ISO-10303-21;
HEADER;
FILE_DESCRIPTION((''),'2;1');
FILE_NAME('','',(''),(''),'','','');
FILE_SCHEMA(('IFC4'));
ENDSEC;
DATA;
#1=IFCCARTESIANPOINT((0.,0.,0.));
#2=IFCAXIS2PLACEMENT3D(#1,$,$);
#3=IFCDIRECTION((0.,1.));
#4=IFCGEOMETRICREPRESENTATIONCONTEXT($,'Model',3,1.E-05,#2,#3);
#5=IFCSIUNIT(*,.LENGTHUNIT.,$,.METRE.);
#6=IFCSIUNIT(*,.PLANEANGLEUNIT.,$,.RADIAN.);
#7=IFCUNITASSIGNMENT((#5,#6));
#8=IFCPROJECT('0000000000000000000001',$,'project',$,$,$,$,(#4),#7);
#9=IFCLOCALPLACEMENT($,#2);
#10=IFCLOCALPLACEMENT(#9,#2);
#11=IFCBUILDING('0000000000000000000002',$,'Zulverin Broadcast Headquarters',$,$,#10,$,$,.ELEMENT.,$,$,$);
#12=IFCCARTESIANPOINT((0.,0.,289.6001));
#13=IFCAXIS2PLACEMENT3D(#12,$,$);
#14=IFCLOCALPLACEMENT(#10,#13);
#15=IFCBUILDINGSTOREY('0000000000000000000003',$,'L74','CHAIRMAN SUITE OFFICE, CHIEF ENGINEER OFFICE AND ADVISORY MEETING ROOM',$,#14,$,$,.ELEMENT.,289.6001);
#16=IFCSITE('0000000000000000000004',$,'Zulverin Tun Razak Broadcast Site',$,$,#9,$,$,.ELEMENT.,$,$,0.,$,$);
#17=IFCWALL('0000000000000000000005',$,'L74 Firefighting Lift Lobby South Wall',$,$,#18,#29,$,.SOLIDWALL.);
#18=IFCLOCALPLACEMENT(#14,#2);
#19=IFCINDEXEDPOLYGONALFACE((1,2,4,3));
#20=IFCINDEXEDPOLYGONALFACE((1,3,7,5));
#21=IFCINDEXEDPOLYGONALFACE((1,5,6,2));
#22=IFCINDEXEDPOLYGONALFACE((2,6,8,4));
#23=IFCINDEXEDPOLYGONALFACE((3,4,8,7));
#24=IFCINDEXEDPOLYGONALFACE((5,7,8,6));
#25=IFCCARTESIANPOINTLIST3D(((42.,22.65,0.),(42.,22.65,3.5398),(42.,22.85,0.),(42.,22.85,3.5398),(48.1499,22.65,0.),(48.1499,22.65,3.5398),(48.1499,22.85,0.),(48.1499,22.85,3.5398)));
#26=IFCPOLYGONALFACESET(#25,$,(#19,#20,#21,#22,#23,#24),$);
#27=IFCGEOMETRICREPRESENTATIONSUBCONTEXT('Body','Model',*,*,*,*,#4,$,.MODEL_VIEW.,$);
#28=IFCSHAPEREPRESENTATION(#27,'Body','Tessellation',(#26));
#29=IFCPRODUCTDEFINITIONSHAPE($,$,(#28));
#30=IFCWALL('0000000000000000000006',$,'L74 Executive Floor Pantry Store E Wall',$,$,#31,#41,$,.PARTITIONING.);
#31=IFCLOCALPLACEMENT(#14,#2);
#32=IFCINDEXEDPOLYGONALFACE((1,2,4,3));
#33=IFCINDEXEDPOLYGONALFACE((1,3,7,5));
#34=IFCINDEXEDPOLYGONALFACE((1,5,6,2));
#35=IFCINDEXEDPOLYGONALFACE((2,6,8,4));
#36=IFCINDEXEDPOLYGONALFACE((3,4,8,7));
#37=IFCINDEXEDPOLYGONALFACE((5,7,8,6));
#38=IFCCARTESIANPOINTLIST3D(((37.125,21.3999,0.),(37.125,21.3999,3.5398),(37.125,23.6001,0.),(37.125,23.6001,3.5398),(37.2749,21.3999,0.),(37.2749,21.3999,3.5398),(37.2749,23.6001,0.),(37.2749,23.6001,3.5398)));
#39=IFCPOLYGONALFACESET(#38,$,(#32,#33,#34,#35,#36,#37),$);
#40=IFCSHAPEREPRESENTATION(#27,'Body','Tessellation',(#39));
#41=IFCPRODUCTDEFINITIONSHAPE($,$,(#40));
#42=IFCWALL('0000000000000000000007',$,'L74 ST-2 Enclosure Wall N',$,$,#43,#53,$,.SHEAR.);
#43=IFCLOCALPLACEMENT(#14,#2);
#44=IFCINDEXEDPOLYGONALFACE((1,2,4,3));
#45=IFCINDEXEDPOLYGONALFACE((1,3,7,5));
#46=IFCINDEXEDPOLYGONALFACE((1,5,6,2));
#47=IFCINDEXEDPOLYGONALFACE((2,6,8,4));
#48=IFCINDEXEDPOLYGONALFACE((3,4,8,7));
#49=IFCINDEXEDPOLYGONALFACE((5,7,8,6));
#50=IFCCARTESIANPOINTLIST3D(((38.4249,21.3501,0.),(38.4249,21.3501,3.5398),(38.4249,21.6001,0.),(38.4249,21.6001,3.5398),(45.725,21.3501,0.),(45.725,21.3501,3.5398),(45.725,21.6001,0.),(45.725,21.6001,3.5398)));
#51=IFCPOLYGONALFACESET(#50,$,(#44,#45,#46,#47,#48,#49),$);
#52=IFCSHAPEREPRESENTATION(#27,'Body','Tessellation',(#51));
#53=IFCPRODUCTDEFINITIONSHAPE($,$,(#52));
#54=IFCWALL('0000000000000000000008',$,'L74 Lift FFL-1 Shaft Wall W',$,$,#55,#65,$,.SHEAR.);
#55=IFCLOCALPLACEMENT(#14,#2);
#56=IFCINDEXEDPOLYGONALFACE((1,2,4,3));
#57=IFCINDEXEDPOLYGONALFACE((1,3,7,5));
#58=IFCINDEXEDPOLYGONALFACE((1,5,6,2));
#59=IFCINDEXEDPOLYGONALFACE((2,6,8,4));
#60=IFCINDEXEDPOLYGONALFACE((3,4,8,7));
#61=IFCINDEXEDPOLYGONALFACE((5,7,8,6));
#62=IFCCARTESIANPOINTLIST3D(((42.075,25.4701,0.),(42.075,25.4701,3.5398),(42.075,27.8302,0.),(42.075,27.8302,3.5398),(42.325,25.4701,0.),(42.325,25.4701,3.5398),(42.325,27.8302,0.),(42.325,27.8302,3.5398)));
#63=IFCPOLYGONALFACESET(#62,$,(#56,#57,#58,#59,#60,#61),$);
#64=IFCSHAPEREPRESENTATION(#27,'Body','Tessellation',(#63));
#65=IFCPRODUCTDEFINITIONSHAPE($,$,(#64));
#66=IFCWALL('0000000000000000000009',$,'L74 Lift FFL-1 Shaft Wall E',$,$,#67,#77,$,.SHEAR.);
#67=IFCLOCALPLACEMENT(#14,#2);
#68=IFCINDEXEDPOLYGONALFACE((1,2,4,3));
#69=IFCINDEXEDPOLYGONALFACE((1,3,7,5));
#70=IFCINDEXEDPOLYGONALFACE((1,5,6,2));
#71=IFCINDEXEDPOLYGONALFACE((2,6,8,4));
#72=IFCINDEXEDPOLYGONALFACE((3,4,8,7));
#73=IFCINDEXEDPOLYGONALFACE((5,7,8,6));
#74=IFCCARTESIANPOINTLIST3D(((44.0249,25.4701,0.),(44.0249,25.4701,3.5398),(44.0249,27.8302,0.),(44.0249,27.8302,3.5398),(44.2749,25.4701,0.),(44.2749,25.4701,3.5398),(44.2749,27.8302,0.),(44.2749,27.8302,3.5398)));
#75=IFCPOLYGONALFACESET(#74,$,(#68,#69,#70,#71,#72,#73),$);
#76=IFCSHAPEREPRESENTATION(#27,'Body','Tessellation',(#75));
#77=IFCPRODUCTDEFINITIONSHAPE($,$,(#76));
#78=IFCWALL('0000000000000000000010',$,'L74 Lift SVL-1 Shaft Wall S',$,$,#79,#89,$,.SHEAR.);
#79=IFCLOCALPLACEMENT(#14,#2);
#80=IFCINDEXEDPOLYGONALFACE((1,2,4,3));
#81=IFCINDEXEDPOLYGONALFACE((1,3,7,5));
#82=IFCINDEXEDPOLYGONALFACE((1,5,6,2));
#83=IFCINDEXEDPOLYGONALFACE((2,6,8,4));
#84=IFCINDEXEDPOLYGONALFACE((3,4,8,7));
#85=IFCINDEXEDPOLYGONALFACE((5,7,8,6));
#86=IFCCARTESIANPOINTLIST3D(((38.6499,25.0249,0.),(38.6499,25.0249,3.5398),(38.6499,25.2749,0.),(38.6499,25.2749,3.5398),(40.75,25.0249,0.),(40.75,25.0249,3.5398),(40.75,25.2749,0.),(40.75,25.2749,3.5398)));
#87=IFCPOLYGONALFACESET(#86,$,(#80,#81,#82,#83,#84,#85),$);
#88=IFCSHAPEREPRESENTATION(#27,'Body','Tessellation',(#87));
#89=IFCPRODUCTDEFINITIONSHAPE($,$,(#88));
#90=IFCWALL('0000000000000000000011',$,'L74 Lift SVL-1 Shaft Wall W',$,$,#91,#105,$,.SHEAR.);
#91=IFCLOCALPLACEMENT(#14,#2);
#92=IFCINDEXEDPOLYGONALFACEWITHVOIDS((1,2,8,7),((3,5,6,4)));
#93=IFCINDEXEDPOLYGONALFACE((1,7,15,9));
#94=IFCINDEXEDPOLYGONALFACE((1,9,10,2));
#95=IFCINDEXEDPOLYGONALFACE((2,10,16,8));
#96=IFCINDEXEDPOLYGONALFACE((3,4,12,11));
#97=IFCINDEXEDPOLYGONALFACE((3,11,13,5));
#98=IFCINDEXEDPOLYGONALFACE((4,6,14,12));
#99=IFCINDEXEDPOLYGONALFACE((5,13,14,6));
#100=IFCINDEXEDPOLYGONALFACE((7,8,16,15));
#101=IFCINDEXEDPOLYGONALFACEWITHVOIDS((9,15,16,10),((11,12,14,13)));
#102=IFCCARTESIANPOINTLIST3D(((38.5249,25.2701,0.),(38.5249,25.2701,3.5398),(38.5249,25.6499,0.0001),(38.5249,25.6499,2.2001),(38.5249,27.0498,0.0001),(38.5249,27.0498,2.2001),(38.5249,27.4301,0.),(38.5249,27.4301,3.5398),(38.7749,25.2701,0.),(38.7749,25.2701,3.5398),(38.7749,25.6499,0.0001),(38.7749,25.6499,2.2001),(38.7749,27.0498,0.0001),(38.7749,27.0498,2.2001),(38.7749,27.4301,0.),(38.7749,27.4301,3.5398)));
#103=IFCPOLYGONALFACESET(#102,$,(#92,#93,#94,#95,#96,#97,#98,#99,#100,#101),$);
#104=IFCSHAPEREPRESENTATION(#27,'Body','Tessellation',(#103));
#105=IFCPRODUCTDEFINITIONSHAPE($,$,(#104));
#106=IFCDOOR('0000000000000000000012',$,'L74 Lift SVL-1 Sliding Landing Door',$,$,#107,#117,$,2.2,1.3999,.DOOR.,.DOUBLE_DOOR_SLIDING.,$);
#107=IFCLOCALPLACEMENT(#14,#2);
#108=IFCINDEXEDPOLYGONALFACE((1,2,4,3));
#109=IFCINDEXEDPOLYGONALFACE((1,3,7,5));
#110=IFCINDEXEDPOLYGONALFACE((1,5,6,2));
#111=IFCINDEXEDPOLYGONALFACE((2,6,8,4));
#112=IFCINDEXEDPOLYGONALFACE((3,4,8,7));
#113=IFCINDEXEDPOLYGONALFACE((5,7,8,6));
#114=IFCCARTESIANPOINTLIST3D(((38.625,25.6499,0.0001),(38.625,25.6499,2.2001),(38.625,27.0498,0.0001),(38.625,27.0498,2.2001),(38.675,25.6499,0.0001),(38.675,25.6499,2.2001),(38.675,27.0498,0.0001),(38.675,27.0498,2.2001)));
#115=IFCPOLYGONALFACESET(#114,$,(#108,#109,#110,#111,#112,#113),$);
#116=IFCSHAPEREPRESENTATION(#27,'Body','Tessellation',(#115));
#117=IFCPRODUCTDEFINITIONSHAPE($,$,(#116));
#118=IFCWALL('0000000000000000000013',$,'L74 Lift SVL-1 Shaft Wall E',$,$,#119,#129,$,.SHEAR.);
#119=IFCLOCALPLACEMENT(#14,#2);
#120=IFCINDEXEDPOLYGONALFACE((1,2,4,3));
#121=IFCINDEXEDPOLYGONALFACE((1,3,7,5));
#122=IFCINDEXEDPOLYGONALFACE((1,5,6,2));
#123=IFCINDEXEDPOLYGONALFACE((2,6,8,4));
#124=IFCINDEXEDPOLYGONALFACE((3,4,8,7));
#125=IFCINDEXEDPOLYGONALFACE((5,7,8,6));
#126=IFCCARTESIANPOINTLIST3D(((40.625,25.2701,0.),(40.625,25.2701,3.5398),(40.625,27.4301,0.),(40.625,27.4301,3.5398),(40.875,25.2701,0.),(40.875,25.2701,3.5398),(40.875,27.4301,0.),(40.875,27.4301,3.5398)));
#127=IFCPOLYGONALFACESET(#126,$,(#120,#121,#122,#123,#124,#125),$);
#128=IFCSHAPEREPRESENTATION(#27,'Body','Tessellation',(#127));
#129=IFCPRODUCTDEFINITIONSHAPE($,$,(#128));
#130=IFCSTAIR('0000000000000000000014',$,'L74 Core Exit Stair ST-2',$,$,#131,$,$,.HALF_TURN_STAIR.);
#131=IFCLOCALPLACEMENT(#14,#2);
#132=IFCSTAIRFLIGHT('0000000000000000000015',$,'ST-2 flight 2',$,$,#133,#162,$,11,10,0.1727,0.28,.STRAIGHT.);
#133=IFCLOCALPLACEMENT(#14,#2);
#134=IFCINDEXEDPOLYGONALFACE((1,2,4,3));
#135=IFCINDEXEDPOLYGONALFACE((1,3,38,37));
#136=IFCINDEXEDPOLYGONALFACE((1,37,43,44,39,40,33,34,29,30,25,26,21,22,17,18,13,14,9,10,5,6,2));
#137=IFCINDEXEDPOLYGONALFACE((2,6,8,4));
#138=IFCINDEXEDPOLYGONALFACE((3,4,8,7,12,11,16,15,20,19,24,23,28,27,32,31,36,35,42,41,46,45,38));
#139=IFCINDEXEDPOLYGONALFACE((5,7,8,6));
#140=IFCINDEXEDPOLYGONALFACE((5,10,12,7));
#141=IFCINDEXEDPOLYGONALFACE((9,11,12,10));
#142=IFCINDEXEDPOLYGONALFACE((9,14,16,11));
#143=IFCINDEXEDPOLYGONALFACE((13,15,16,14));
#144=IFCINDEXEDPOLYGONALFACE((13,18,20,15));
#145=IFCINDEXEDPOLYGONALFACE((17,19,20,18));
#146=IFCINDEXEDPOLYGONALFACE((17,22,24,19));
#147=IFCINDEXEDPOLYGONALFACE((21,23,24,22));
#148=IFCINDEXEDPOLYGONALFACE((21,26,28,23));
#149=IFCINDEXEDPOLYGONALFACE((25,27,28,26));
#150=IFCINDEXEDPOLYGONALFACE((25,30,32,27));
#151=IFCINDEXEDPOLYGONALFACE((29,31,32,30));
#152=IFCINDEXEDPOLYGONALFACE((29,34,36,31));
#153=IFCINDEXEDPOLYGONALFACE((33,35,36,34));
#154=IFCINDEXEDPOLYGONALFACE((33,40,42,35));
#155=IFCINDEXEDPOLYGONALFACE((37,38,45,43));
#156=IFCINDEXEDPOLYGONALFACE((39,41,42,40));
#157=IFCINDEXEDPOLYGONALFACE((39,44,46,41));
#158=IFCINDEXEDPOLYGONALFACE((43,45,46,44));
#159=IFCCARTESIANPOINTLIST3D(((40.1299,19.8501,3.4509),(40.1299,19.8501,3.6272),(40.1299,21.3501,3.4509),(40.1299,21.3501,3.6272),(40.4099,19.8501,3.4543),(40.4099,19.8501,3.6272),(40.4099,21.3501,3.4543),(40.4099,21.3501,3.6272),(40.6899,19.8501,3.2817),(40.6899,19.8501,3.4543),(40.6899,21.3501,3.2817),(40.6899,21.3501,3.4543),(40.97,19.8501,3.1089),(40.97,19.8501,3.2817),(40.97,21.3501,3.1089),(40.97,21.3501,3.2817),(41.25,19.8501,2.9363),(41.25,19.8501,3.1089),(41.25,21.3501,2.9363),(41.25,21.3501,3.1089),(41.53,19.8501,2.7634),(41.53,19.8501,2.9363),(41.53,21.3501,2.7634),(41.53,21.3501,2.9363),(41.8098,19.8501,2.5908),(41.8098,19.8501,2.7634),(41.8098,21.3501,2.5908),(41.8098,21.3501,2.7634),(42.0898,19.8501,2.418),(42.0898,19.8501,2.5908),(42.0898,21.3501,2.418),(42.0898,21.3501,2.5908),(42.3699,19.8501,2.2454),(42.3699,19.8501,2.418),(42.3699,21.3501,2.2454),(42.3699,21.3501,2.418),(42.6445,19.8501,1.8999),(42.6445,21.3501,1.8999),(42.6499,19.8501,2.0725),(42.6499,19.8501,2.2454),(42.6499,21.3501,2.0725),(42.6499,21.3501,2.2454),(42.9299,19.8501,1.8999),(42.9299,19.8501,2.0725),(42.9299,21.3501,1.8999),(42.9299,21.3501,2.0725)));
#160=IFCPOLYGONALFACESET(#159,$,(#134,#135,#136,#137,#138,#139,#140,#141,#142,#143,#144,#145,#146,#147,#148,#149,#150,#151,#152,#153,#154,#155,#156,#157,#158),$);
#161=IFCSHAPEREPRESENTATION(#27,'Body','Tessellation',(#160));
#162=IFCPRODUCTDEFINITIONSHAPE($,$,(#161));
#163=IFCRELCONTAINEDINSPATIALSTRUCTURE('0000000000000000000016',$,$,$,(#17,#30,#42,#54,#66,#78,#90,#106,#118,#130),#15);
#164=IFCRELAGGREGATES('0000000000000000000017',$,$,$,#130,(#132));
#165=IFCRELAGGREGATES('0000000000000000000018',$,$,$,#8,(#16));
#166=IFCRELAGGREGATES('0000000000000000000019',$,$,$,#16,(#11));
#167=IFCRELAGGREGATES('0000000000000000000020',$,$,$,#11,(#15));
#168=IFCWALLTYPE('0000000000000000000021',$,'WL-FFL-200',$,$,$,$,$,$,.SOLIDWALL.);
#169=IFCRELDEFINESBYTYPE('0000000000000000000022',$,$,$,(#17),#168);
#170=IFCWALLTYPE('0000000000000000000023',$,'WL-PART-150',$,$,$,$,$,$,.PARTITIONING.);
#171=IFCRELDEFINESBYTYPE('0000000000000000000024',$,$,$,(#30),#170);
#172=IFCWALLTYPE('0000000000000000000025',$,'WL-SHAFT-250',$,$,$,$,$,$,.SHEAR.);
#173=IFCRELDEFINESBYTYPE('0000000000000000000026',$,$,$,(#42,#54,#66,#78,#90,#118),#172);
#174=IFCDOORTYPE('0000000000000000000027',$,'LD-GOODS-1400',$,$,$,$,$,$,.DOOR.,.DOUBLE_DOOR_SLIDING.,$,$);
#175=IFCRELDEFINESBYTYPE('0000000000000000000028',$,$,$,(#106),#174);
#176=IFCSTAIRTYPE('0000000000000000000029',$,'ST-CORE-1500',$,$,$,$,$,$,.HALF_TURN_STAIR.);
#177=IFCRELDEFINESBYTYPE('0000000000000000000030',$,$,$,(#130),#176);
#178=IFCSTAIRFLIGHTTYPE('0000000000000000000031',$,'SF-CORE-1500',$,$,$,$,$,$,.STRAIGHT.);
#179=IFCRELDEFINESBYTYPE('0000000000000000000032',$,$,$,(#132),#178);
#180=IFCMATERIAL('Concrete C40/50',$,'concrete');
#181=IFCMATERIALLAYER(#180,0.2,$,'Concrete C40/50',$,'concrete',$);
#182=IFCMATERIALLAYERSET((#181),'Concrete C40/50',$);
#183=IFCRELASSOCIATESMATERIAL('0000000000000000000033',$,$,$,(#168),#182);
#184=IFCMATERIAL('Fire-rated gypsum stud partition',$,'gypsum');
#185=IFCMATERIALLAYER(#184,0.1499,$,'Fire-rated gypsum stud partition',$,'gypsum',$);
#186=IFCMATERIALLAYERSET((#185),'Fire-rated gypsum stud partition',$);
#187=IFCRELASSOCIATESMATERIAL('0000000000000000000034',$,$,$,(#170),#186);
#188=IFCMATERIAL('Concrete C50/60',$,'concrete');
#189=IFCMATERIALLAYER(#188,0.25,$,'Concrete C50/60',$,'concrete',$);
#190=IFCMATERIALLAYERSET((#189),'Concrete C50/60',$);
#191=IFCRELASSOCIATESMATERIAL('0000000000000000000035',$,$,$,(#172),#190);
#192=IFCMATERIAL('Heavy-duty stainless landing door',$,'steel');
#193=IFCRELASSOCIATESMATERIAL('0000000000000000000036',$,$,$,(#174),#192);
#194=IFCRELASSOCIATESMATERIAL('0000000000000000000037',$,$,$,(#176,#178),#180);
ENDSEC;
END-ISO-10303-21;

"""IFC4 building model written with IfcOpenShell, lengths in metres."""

from ifc_helpers import new_model, si_unit, direction, frame, frame_2d, origin, place, context, subcontext, project, spatial, polyline, rectangle, outline, extrude, material, layer, layer_set, type_object, element, fill, aggregate, save


model = new_model("IFC4")

# Units and contexts
model_context = context("Model", 3, precision=1e-05, world=origin(), true_north=direction((0.0, 1.0)))
body_context = subcontext(model_context, "Body", "Model", "MODEL_VIEW")
ifc_project = project(units=[si_unit("LENGTHUNIT", "METRE"), si_unit("PLANEANGLEUNIT", "RADIAN")], contexts=[model_context])

# Site, building, storey
site_placement = place(None, origin())
site = spatial("IfcSite", under=ifc_project, at=site_placement, Name="Zulverin Tun Razak Broadcast Site", CompositionType="ELEMENT", RefElevation=0.0)
building_placement = place(site_placement, origin())
building = spatial("IfcBuilding", under=site, at=building_placement, Name="Zulverin Broadcast Headquarters", CompositionType="ELEMENT")
storey_placement = place(building_placement, frame((0.0, 0.0, 289.6001)))
storey = spatial("IfcBuildingStorey", under=building, at=storey_placement, Name="L74", Description="CHAIRMAN SUITE OFFICE, CHIEF ENGINEER OFFICE AND ADVISORY MEETING ROOM", CompositionType="ELEMENT", Elevation=289.6001)

# Shared definitions
ifc_material_1 = material(Name="Concrete C40/50", Category="concrete")
ifc_layer_1 = layer(ifc_material_1, 0.2, Name="Concrete C40/50", Category="concrete")
ifc_layer_set_1 = layer_set([ifc_layer_1], Name="Concrete C40/50")
wall_type_1 = type_object("IfcWallType", Name="WL-FFL-200", PredefinedType="SOLIDWALL", material=ifc_layer_set_1)

# Wall
wall_1_placement = place(storey_placement, frame((42.0, 22.75, 0.0), z_axis=(0.0, 0.0, 1.0), x_axis=(1.0, 0.0, 0.0)))
element("IfcWall", 1, at=wall_1_placement, inside=storey, type_object=wall_type_1, Name="L74 Firefighting Lift Lobby South Wall", PredefinedType="SOLIDWALL", context=body_context, shape_type="SweptSolid", body=[
    extrude(rectangle(XDim=6.1499, YDim=0.2, at=frame_2d((3.075, 0.0))), origin(), (0.0, 0.0, 1.0), 3.5398),
])

# Walls
ifc_material_2 = material(Name="Fire-rated gypsum stud partition", Category="gypsum")
ifc_layer_2 = layer(ifc_material_2, 0.1499, Name="Fire-rated gypsum stud partition", Category="gypsum")
ifc_layer_set_2 = layer_set([ifc_layer_2], Name="Fire-rated gypsum stud partition")
wall_type_2 = type_object("IfcWallType", Name="WL-PART-150", PredefinedType="PARTITIONING", material=ifc_layer_set_2)
wall_2_placement = place(storey_placement, frame((37.2, 21.3999, 0.0), z_axis=(0.0, 0.0, 1.0), x_axis=(0.0, 1.0, 0.0)))
element("IfcWall", 2, at=wall_2_placement, inside=storey, type_object=wall_type_2, Name="L74 Executive Floor Pantry Store E Wall", PredefinedType="PARTITIONING", context=body_context, shape_type="SweptSolid", body=[
    extrude(rectangle(XDim=2.2002, YDim=0.1499, at=frame_2d((1.1001, 0.0))), origin(), (0.0, 0.0, 1.0), 3.5398),
])
ifc_material_3 = material(Name="Concrete C50/60", Category="concrete")
ifc_layer_3 = layer(ifc_material_3, 0.25, Name="Concrete C50/60", Category="concrete")
ifc_layer_set_3 = layer_set([ifc_layer_3], Name="Concrete C50/60")
wall_type_3 = type_object("IfcWallType", Name="WL-SHAFT-250", PredefinedType="SHEAR", material=ifc_layer_set_3)
wall_3_placement = place(storey_placement, frame((38.425, 21.4751, 0.0), z_axis=(0.0, 0.0, 1.0), x_axis=(1.0, 0.0, 0.0)))
element("IfcWall", 3, at=wall_3_placement, inside=storey, type_object=wall_type_3, Name="L74 ST-2 Enclosure Wall N", PredefinedType="SHEAR", context=body_context, shape_type="SweptSolid", body=[
    extrude(rectangle(XDim=7.3, YDim=0.25, at=frame_2d((3.6499, 0.0))), origin(), (0.0, 0.0, 1.0), 3.5398),
])

# Walls
for number, where, z_axis, x_axis, name in (
    (4, (42.2, 25.47, 0.0), (0.0, 0.0, 1.0), (0.0, 1.0, 0.0), "L74 Lift FFL-1 Shaft Wall W"),
    (5, (44.1499, 25.47, 0.0), (0.0, 0.0, 1.0), (0.0, 1.0, 0.0), "L74 Lift FFL-1 Shaft Wall E"),
):
    element("IfcWall", number, at=place(storey_placement, frame(where, z_axis=z_axis, x_axis=x_axis)), inside=storey, type_object=wall_type_3, Name=name, PredefinedType="SHEAR", context=body_context, shape_type="SweptSolid", body=[
        extrude(rectangle(XDim=2.3601, YDim=0.25, at=frame_2d((1.1802, 0.0))), origin(), (0.0, 0.0, 1.0), 3.5398),
    ])

# Wall
wall_4_placement = place(storey_placement, frame((38.6499, 25.1499, 0.0), z_axis=(0.0, 0.0, 1.0), x_axis=(1.0, 0.0, 0.0)))
element("IfcWall", 6, at=wall_4_placement, inside=storey, type_object=wall_type_3, Name="L74 Lift SVL-1 Shaft Wall S", PredefinedType="SHEAR", context=body_context, shape_type="SweptSolid", body=[
    extrude(rectangle(XDim=2.1001, YDim=0.25, at=frame_2d((1.05, 0.0))), origin(), (0.0, 0.0, 1.0), 3.5398),
])

# Wall, opening, door
wall_5_placement = place(storey_placement, frame((38.6499, 25.27, 0.0), z_axis=(0.0, 0.0, 1.0), x_axis=(0.0, 1.0, 0.0)))
wall_5 = element("IfcWall", 7, at=wall_5_placement, inside=storey, type_object=wall_type_3, Name="L74 Lift SVL-1 Shaft Wall W", PredefinedType="SHEAR", context=body_context, shape_type="SweptSolid", body=[
    extrude(rectangle(XDim=2.1599, YDim=0.25, at=frame_2d((1.0801, 0.0))), origin(), (0.0, 0.0, 1.0), 3.5398),
])
opening_1_placement = place(wall_5_placement, frame((0.3799, 0.0, 0.0)))
opening_1 = element("IfcOpeningElement", 8, at=opening_1_placement, cuts=wall_5, PredefinedType="OPENING", context=body_context, shape_type="SweptSolid", body=[
    extrude(rectangle(XDim=1.3999, YDim=2.2, at=frame_2d((0.7, 1.1001))), frame((0.0, 0.135, 0.0), z_axis=(0.0, -1.0, 0.0), x_axis=(1.0, 0.0, 0.0)), (0.0, 0.0, 1.0), 0.27),
])
ifc_material_4 = material(Name="Heavy-duty stainless landing door", Category="steel")
door_type_1 = type_object("IfcDoorType", Name="LD-GOODS-1400", OperationType="DOUBLE_DOOR_SLIDING", PredefinedType="DOOR", material=ifc_material_4)
door_1_placement = place(opening_1_placement, origin())
door_1 = element("IfcDoor", 9, at=door_1_placement, inside=storey, type_object=door_type_1, Name="L74 Lift SVL-1 Sliding Landing Door", OperationType="DOUBLE_DOOR_SLIDING", OverallHeight=2.2, OverallWidth=1.3999, PredefinedType="DOOR", context=body_context, shape_type="SweptSolid", body=[
    extrude(rectangle(XDim=1.3999, YDim=2.2, at=frame_2d((0.7, 1.1001))), frame((0.0, 0.0249, 0.0), z_axis=(0.0, -1.0, 0.0), x_axis=(1.0, 0.0, 0.0)), (0.0, 0.0, 1.0), 0.05),
])
fill(opening_1, door_1)

# Wall
wall_6_placement = place(storey_placement, frame((40.75, 25.27, 0.0), z_axis=(0.0, 0.0, 1.0), x_axis=(0.0, 1.0, 0.0)))
element("IfcWall", 10, at=wall_6_placement, inside=storey, type_object=wall_type_3, Name="L74 Lift SVL-1 Shaft Wall E", PredefinedType="SHEAR", context=body_context, shape_type="SweptSolid", body=[
    extrude(rectangle(XDim=2.1599, YDim=0.25, at=frame_2d((1.0801, 0.0))), origin(), (0.0, 0.0, 1.0), 3.5398),
])

# Stair, stair flight
stair_type = type_object("IfcStairType", Name="ST-CORE-1500", PredefinedType="HALF_TURN_STAIR", material=ifc_material_1)
stair_placement = place(storey_placement, origin())
stair = element("IfcStair", 11, at=stair_placement, inside=storey, type_object=stair_type, Name="L74 Core Exit Stair ST-2", PredefinedType="HALF_TURN_STAIR")
stair_flight_type = type_object("IfcStairFlightType", Name="SF-CORE-1500", PredefinedType="STRAIGHT", material=ifc_material_1)
stair_flight_placement = place(storey_placement, frame((42.9299, 20.6001, 1.8999), z_axis=(0.0, 0.0, 1.0), x_axis=(-1.0, 0.0, 0.0)))
stair_flight = element("IfcStairFlight", 12, at=stair_flight_placement, type_object=stair_flight_type, Name="ST-2 flight 2", NumberOfRisers=11, NumberOfTreads=10, PredefinedType="STRAIGHT", RiserHeight=0.1727, TreadLength=0.28, context=body_context, shape_type="SweptSolid", body=[
    extrude(outline(polyline([(0.0, 0.0), (0.0, 0.1726), (0.28, 0.1726), (0.28, 0.3455), (0.5601, 0.3455), (0.5601, 0.5181), (0.8401, 0.5181), (0.8401, 0.6909), (1.1201, 0.6909), (1.1201, 0.8635), (1.3999, 0.8635), (1.3999, 1.0364), (1.6799, 1.0364), (1.6799, 1.209), (1.96, 1.209), (1.96, 1.3818), (2.24, 1.3818), (2.24, 1.5544), (2.52, 1.5544), (2.52, 1.7273), (2.8, 1.7273), (2.8, 1.8999), (2.8, 1.551), (0.2854, 0.0), (0.0, 0.0)])), frame((0.0, 0.75, 0.0), z_axis=(0.0, -1.0, 0.0), x_axis=(1.0, 0.0, 0.0)), (0.0, 0.0, 1.0), 1.5),
])
aggregate(stair, [stair_flight])

save(model, "model.ifc")
